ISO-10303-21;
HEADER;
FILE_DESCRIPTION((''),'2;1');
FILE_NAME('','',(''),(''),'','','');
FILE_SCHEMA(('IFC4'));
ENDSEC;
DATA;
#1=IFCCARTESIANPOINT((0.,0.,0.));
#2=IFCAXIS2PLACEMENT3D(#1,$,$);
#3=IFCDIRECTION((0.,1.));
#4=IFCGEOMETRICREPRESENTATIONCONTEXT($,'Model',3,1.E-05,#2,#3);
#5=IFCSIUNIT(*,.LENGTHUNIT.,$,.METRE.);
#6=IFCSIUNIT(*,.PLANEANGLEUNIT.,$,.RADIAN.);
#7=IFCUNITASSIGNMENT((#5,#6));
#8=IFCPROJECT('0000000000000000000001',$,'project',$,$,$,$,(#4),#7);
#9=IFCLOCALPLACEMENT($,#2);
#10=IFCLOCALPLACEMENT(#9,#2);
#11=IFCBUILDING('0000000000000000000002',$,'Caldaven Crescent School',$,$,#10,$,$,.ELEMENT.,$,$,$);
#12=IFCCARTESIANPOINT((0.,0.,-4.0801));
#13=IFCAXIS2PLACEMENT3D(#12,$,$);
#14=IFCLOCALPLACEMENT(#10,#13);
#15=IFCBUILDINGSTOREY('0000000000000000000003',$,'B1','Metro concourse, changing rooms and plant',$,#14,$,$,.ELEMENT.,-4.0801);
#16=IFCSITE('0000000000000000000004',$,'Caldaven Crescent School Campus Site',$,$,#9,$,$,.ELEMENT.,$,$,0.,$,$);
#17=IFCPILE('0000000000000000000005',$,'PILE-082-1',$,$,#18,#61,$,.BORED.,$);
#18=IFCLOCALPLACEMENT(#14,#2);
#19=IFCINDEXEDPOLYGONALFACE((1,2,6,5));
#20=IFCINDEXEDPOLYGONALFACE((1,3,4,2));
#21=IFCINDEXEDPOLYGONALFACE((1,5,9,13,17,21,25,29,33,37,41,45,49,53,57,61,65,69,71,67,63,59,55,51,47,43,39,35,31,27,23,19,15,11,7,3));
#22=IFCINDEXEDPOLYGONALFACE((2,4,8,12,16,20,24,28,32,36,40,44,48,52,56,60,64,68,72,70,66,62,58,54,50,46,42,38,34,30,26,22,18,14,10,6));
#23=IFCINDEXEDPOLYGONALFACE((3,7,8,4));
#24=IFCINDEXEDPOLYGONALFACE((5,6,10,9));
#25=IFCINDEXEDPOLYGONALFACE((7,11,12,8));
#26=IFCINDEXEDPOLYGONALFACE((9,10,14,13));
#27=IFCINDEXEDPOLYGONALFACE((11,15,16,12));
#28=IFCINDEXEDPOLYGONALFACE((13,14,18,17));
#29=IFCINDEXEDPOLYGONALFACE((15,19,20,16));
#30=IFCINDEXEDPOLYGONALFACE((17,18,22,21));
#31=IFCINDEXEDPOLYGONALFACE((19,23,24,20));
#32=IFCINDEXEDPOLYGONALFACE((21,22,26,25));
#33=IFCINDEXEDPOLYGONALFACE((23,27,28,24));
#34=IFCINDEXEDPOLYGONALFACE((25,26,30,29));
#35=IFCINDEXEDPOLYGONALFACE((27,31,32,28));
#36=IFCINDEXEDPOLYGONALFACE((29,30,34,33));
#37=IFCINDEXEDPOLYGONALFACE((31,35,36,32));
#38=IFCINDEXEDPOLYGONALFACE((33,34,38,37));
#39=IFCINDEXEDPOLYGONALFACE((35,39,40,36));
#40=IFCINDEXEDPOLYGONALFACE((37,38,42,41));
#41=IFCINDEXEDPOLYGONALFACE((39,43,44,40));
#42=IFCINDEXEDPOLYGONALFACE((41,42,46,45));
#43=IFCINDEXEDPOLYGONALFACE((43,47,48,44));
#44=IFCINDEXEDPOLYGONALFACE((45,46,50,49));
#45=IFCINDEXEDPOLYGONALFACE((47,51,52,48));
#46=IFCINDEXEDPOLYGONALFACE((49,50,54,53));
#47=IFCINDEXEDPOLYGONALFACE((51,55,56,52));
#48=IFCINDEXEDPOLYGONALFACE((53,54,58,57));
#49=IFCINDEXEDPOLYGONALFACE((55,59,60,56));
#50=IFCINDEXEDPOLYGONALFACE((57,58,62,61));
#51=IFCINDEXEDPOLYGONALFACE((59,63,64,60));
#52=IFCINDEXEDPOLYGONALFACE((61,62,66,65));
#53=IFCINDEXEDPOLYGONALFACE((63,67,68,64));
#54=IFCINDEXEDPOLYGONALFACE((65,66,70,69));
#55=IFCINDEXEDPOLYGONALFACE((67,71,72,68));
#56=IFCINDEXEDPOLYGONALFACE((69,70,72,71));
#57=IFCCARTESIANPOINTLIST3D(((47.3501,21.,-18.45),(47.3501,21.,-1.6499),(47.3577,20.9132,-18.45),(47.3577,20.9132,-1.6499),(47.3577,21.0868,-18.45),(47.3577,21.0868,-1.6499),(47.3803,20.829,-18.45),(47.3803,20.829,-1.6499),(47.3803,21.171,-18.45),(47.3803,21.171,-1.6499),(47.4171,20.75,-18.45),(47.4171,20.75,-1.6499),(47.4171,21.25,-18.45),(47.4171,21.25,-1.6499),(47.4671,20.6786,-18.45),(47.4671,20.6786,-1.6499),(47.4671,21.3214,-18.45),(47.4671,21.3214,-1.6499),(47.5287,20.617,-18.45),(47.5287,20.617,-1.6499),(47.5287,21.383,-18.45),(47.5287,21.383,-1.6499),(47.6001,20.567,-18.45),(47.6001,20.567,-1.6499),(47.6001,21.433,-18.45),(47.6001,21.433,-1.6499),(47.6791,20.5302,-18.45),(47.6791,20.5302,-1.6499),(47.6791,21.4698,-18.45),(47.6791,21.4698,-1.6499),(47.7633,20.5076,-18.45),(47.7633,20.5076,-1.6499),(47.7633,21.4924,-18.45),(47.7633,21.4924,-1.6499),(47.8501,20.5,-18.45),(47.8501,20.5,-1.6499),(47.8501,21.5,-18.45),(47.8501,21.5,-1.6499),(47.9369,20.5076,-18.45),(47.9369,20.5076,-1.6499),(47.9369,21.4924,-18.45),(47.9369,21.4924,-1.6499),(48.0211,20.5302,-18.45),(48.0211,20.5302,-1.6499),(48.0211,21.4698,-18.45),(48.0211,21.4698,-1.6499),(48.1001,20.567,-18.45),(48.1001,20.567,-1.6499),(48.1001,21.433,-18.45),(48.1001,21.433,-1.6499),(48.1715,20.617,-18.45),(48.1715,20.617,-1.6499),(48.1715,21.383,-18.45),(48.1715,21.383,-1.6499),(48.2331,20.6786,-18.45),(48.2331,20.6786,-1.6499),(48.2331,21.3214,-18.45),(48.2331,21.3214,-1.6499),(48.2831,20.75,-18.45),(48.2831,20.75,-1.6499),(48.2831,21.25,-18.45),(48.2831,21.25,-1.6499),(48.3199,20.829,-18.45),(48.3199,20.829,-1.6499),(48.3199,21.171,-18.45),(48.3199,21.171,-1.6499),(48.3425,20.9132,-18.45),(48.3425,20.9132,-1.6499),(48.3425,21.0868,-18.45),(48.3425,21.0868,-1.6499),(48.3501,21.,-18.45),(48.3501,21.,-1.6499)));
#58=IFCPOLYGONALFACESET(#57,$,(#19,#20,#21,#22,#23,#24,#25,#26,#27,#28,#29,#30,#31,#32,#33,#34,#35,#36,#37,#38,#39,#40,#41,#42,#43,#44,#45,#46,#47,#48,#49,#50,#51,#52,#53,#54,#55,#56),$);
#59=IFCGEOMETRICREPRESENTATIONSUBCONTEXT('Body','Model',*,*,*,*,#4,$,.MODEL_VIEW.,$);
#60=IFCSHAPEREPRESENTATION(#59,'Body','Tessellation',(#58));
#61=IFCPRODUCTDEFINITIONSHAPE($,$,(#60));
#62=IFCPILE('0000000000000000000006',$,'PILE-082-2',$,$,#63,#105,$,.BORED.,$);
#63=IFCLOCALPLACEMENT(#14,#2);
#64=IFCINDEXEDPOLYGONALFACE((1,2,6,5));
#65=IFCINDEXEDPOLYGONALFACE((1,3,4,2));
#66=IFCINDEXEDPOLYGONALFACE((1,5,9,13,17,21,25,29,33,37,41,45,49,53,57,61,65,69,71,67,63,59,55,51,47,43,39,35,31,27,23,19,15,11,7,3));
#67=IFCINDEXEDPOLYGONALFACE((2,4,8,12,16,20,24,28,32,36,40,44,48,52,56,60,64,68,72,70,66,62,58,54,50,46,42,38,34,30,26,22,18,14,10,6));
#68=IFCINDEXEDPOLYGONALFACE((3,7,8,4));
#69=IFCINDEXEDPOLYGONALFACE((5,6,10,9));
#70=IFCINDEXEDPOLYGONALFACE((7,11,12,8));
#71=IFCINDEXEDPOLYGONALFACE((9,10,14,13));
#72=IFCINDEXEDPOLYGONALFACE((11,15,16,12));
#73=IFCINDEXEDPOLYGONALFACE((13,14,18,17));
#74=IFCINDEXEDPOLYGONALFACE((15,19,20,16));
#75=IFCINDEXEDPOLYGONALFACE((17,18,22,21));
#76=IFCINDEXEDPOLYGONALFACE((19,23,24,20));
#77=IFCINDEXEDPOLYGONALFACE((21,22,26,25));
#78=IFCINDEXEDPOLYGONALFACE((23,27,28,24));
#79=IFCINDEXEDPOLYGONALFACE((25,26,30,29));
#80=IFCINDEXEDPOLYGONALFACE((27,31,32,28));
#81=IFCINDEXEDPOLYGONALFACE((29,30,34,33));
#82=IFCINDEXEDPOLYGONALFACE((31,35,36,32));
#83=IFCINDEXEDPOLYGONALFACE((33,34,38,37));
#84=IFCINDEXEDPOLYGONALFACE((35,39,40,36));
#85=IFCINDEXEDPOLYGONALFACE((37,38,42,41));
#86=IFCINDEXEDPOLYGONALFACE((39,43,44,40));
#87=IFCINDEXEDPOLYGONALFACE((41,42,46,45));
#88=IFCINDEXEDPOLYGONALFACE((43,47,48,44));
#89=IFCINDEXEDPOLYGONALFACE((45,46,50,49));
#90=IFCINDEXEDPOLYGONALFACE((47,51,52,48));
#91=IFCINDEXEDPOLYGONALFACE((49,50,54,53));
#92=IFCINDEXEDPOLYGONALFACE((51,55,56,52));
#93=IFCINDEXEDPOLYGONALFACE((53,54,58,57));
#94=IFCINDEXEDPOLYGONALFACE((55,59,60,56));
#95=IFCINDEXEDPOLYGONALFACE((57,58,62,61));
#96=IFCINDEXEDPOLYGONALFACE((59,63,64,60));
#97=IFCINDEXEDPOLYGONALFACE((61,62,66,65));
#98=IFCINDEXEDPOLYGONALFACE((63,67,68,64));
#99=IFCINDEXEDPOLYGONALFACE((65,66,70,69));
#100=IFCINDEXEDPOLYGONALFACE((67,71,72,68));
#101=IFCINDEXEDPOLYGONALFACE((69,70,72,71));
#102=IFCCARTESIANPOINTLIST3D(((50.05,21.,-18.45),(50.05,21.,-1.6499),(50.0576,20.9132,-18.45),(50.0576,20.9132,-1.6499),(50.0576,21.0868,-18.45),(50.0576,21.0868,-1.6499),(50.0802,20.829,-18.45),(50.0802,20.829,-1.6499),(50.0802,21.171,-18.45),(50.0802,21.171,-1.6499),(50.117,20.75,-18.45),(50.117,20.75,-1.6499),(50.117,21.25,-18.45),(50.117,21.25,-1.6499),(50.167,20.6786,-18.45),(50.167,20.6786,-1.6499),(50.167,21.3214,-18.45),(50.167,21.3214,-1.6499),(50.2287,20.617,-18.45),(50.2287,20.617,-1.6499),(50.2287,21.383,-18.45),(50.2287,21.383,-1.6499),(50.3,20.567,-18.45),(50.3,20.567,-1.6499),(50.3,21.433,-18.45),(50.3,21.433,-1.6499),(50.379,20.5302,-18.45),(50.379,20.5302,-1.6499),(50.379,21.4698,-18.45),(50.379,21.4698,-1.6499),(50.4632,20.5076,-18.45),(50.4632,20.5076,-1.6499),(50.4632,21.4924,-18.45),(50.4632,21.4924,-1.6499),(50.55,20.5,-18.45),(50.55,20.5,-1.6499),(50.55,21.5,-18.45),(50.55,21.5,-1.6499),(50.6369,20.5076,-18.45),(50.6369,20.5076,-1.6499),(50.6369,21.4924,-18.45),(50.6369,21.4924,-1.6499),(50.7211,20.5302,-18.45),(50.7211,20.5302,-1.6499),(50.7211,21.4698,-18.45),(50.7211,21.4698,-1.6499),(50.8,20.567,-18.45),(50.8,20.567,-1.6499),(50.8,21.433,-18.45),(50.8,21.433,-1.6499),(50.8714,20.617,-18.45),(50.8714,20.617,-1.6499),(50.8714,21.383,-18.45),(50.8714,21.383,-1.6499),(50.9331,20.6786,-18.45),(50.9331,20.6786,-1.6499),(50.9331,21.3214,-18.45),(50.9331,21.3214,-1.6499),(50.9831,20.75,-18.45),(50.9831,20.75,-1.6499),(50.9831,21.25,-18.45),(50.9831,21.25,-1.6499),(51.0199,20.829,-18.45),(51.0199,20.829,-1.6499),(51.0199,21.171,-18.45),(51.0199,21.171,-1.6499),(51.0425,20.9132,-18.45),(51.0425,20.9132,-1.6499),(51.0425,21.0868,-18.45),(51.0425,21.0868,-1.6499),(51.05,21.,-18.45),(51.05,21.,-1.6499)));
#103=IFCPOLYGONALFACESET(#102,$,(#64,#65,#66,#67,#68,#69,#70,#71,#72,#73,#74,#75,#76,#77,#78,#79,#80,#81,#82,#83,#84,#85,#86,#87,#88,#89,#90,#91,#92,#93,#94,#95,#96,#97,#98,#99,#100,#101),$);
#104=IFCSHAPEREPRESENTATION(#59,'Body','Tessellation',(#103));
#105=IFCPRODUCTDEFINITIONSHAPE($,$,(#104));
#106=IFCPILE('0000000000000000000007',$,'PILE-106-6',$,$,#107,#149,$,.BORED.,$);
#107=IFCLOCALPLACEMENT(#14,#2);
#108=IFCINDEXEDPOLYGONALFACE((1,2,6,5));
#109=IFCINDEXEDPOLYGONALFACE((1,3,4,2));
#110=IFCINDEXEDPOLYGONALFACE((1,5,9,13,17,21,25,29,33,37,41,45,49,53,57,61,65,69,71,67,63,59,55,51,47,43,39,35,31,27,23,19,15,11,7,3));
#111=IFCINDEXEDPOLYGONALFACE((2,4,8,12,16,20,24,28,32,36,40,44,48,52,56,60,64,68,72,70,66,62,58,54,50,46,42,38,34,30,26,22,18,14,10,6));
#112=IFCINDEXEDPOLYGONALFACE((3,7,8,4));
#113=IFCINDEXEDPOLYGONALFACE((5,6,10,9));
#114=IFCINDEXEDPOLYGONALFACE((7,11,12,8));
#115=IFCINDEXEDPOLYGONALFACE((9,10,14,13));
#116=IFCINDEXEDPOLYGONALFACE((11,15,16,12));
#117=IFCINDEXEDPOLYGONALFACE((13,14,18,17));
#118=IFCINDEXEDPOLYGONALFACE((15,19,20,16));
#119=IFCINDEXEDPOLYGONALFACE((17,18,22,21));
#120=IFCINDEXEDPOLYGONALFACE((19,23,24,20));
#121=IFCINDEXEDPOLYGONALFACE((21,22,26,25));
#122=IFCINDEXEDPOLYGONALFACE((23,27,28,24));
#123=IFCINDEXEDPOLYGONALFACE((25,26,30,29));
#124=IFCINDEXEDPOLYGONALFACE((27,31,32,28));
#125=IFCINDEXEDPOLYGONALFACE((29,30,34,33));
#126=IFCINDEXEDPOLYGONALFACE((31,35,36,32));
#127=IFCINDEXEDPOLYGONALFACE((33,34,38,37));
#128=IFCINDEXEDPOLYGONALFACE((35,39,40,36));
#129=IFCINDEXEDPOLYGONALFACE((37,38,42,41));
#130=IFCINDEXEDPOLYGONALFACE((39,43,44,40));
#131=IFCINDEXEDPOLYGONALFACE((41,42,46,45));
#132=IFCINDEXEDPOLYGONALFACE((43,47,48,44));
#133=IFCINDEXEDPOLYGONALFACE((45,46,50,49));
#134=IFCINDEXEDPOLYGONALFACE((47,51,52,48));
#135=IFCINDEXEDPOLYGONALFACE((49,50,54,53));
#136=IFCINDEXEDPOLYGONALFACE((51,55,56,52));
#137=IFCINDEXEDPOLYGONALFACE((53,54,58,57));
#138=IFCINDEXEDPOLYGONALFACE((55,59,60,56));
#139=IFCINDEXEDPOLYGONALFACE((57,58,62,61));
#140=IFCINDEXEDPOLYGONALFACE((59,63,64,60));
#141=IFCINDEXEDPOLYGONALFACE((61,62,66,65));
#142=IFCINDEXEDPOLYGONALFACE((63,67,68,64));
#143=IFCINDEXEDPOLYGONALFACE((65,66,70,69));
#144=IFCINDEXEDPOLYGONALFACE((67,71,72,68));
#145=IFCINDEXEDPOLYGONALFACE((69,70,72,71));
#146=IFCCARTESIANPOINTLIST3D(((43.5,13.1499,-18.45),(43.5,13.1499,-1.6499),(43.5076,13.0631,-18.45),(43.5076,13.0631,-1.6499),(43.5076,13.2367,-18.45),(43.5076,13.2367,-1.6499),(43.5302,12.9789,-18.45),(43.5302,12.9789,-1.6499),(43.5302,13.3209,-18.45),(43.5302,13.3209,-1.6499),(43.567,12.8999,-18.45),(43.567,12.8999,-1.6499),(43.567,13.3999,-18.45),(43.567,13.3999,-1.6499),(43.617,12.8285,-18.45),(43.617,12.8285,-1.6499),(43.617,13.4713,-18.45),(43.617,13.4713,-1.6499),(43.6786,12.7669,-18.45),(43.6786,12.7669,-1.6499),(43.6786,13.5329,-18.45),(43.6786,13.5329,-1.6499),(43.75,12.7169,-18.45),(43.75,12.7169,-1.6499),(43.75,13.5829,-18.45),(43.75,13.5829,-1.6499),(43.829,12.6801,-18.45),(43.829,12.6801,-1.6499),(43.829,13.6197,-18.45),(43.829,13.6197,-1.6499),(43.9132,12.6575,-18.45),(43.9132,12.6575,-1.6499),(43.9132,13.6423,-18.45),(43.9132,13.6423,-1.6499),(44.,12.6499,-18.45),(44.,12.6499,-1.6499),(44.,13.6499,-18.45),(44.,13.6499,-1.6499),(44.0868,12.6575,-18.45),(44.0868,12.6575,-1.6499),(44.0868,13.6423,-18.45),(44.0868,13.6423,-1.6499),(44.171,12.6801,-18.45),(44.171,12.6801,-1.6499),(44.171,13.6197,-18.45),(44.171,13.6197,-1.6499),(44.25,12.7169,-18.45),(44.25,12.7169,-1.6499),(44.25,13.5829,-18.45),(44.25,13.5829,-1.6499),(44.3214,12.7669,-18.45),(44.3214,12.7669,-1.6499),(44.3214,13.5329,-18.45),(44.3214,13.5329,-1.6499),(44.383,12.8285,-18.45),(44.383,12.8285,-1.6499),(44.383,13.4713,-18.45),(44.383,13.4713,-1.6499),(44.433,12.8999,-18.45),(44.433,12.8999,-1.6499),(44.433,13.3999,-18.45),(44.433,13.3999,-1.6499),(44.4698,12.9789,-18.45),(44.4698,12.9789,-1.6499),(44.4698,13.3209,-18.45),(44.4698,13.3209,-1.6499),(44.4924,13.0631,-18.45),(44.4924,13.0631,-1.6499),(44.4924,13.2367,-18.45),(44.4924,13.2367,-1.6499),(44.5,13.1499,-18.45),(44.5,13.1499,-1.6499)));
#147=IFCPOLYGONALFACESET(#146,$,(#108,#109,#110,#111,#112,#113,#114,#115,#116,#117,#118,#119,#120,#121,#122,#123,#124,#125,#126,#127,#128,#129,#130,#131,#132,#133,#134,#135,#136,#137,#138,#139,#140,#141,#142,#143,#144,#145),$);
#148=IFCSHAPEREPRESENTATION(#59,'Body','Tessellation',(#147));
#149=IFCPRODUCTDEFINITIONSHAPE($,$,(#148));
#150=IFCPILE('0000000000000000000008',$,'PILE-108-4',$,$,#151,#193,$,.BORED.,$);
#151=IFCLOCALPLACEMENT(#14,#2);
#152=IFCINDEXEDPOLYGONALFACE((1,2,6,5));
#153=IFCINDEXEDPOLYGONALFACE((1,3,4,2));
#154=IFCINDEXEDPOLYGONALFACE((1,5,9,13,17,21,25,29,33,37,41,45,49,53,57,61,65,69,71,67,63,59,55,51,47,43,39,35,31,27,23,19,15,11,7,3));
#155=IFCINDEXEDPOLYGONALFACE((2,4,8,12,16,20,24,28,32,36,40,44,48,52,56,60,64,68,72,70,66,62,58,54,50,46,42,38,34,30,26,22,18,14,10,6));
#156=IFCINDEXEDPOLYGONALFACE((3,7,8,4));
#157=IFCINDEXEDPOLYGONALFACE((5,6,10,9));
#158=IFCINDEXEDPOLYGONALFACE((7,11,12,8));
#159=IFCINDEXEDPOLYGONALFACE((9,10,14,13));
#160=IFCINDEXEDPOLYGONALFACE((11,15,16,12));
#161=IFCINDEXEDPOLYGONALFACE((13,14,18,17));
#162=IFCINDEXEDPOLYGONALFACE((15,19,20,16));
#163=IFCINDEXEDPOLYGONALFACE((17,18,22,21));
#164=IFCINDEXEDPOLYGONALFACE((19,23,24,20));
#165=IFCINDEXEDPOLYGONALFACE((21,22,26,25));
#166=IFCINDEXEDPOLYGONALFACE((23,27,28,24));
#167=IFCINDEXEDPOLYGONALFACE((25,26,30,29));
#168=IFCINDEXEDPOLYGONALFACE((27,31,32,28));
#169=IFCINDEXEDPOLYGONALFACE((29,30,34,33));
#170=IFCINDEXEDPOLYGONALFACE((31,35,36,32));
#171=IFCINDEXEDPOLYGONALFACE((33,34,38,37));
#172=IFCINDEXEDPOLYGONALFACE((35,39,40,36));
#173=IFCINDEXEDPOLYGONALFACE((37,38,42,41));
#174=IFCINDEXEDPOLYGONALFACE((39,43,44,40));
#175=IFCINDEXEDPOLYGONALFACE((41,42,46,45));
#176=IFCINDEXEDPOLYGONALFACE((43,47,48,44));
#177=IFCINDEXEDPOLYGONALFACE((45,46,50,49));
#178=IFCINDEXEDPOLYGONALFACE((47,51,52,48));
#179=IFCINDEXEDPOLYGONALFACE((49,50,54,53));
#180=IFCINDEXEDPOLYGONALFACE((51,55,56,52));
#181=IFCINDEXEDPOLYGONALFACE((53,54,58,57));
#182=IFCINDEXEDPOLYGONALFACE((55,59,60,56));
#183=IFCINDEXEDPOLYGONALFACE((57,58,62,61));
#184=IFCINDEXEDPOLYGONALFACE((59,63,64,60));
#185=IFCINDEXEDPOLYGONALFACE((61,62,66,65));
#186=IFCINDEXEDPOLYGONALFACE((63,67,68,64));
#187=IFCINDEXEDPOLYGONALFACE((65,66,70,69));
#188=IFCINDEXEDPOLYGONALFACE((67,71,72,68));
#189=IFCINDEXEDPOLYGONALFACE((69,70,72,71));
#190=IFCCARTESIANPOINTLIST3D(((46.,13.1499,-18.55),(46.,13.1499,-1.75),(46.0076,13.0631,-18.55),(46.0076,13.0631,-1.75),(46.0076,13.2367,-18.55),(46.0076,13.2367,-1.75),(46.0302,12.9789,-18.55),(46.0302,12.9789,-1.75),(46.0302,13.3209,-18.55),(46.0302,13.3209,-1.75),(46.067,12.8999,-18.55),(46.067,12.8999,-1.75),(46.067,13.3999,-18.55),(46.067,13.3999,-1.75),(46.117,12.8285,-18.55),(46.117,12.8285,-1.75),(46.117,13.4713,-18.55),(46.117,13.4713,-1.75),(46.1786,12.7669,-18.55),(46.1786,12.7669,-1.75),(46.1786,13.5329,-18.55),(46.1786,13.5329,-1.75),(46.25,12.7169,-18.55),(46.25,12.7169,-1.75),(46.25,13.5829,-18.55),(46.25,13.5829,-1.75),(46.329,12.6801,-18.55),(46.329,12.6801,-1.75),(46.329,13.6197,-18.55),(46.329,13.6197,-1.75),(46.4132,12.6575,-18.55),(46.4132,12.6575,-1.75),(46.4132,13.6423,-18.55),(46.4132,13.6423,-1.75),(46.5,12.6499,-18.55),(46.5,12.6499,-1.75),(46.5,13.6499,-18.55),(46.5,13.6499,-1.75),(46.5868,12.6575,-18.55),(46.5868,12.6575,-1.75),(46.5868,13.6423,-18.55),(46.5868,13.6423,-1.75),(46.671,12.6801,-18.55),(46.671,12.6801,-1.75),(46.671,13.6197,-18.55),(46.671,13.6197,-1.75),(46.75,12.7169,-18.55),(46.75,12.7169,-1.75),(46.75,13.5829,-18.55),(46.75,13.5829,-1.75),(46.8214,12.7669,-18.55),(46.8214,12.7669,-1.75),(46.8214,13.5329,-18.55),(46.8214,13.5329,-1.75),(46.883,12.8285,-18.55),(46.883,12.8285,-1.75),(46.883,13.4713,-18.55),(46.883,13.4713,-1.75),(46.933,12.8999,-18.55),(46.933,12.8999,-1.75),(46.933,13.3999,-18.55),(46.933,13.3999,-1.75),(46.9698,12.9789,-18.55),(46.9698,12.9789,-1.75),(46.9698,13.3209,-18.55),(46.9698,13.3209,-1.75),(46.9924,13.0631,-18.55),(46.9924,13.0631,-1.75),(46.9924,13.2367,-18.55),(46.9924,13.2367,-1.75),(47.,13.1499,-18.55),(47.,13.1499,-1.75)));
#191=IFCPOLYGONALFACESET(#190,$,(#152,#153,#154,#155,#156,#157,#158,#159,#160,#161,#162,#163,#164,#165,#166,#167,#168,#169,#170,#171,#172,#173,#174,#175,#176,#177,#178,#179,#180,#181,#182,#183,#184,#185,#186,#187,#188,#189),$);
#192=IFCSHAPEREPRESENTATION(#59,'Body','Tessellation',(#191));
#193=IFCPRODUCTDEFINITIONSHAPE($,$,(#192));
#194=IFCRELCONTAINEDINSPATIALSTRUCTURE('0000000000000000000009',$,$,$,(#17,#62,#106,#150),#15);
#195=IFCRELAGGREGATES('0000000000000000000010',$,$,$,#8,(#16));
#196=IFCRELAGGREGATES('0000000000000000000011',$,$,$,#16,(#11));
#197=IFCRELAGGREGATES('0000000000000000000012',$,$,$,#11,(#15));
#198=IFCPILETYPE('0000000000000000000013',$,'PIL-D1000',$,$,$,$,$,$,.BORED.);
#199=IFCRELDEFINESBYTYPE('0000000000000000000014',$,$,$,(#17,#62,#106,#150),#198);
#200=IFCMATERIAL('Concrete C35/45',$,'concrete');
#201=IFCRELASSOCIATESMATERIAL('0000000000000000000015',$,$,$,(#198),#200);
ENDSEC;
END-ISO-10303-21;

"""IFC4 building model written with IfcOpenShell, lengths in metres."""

from ifc_helpers import new_model, si_unit, direction, frame, origin, origin_2d, place, context, subcontext, project, spatial, circle, extrude, material, material_profile, profile_set, type_object, element, save


model = new_model("IFC4")

# Units and contexts
model_context = context("Model", 3, precision=1e-05, world=origin(), true_north=direction((0.0, 1.0)))
body_context = subcontext(model_context, "Body", "Model", "MODEL_VIEW")
ifc_project = project(units=[si_unit("LENGTHUNIT", "METRE"), si_unit("PLANEANGLEUNIT", "RADIAN")], contexts=[model_context])

# Site, building, storey
site_placement = place(None, origin())
site = spatial("IfcSite", under=ifc_project, at=site_placement, Name="Caldaven Crescent School Campus Site", CompositionType="ELEMENT", RefElevation=0.0)
building_placement = place(site_placement, origin())
building = spatial("IfcBuilding", under=site, at=building_placement, Name="Caldaven Crescent School", CompositionType="ELEMENT")
storey_placement = place(building_placement, frame((0.0, 0.0, -4.0801)))
storey = spatial("IfcBuildingStorey", under=building, at=storey_placement, Name="B1", Description="Metro concourse, changing rooms and plant", CompositionType="ELEMENT", Elevation=-4.0801)

# Shared definitions
ifc_material_1 = material(Name="Concrete C35/45", Category="concrete")

# Piles
ifc_material_profile_1 = material_profile(ifc_material_1, circle(Radius=0.5, at=origin_2d()), Name="PILE D1000")
ifc_profile_set_1 = profile_set([ifc_material_profile_1], Name="Concrete C35/45")
pile_type_1 = type_object("IfcPileType", Name="PIL-D1000", PredefinedType="BORED", material=ifc_profile_set_1)
for number, where, z_axis, x_axis, name in (
    (1, (47.8501, 21.0, -1.6499), (0.0, 0.0, -1.0), (1.0, 0.0, 0.0), "PILE-082-1"),
    (2, (50.55, 21.0, -1.6499), (0.0, 0.0, -1.0), (1.0, 0.0, 0.0), "PILE-082-2"),
    (3, (44.0, 13.1499, -1.6499), (0.0, 0.0, -1.0), (1.0, 0.0, 0.0), "PILE-106-6"),
    (4, (46.5, 13.1499, -1.75), (0.0, 0.0, -1.0), (1.0, 0.0, 0.0), "PILE-108-4"),
):
    element("IfcPile", number, at=place(storey_placement, frame(where, z_axis=z_axis, x_axis=x_axis)), inside=storey, type_object=pile_type_1, Name=name, PredefinedType="BORED", context=body_context, shape_type="SweptSolid", body=[
        extrude(circle(Radius=0.5, at=origin_2d()), origin(), (0.0, 0.0, 1.0), 16.8),
    ])

save(model, "model.ifc")
